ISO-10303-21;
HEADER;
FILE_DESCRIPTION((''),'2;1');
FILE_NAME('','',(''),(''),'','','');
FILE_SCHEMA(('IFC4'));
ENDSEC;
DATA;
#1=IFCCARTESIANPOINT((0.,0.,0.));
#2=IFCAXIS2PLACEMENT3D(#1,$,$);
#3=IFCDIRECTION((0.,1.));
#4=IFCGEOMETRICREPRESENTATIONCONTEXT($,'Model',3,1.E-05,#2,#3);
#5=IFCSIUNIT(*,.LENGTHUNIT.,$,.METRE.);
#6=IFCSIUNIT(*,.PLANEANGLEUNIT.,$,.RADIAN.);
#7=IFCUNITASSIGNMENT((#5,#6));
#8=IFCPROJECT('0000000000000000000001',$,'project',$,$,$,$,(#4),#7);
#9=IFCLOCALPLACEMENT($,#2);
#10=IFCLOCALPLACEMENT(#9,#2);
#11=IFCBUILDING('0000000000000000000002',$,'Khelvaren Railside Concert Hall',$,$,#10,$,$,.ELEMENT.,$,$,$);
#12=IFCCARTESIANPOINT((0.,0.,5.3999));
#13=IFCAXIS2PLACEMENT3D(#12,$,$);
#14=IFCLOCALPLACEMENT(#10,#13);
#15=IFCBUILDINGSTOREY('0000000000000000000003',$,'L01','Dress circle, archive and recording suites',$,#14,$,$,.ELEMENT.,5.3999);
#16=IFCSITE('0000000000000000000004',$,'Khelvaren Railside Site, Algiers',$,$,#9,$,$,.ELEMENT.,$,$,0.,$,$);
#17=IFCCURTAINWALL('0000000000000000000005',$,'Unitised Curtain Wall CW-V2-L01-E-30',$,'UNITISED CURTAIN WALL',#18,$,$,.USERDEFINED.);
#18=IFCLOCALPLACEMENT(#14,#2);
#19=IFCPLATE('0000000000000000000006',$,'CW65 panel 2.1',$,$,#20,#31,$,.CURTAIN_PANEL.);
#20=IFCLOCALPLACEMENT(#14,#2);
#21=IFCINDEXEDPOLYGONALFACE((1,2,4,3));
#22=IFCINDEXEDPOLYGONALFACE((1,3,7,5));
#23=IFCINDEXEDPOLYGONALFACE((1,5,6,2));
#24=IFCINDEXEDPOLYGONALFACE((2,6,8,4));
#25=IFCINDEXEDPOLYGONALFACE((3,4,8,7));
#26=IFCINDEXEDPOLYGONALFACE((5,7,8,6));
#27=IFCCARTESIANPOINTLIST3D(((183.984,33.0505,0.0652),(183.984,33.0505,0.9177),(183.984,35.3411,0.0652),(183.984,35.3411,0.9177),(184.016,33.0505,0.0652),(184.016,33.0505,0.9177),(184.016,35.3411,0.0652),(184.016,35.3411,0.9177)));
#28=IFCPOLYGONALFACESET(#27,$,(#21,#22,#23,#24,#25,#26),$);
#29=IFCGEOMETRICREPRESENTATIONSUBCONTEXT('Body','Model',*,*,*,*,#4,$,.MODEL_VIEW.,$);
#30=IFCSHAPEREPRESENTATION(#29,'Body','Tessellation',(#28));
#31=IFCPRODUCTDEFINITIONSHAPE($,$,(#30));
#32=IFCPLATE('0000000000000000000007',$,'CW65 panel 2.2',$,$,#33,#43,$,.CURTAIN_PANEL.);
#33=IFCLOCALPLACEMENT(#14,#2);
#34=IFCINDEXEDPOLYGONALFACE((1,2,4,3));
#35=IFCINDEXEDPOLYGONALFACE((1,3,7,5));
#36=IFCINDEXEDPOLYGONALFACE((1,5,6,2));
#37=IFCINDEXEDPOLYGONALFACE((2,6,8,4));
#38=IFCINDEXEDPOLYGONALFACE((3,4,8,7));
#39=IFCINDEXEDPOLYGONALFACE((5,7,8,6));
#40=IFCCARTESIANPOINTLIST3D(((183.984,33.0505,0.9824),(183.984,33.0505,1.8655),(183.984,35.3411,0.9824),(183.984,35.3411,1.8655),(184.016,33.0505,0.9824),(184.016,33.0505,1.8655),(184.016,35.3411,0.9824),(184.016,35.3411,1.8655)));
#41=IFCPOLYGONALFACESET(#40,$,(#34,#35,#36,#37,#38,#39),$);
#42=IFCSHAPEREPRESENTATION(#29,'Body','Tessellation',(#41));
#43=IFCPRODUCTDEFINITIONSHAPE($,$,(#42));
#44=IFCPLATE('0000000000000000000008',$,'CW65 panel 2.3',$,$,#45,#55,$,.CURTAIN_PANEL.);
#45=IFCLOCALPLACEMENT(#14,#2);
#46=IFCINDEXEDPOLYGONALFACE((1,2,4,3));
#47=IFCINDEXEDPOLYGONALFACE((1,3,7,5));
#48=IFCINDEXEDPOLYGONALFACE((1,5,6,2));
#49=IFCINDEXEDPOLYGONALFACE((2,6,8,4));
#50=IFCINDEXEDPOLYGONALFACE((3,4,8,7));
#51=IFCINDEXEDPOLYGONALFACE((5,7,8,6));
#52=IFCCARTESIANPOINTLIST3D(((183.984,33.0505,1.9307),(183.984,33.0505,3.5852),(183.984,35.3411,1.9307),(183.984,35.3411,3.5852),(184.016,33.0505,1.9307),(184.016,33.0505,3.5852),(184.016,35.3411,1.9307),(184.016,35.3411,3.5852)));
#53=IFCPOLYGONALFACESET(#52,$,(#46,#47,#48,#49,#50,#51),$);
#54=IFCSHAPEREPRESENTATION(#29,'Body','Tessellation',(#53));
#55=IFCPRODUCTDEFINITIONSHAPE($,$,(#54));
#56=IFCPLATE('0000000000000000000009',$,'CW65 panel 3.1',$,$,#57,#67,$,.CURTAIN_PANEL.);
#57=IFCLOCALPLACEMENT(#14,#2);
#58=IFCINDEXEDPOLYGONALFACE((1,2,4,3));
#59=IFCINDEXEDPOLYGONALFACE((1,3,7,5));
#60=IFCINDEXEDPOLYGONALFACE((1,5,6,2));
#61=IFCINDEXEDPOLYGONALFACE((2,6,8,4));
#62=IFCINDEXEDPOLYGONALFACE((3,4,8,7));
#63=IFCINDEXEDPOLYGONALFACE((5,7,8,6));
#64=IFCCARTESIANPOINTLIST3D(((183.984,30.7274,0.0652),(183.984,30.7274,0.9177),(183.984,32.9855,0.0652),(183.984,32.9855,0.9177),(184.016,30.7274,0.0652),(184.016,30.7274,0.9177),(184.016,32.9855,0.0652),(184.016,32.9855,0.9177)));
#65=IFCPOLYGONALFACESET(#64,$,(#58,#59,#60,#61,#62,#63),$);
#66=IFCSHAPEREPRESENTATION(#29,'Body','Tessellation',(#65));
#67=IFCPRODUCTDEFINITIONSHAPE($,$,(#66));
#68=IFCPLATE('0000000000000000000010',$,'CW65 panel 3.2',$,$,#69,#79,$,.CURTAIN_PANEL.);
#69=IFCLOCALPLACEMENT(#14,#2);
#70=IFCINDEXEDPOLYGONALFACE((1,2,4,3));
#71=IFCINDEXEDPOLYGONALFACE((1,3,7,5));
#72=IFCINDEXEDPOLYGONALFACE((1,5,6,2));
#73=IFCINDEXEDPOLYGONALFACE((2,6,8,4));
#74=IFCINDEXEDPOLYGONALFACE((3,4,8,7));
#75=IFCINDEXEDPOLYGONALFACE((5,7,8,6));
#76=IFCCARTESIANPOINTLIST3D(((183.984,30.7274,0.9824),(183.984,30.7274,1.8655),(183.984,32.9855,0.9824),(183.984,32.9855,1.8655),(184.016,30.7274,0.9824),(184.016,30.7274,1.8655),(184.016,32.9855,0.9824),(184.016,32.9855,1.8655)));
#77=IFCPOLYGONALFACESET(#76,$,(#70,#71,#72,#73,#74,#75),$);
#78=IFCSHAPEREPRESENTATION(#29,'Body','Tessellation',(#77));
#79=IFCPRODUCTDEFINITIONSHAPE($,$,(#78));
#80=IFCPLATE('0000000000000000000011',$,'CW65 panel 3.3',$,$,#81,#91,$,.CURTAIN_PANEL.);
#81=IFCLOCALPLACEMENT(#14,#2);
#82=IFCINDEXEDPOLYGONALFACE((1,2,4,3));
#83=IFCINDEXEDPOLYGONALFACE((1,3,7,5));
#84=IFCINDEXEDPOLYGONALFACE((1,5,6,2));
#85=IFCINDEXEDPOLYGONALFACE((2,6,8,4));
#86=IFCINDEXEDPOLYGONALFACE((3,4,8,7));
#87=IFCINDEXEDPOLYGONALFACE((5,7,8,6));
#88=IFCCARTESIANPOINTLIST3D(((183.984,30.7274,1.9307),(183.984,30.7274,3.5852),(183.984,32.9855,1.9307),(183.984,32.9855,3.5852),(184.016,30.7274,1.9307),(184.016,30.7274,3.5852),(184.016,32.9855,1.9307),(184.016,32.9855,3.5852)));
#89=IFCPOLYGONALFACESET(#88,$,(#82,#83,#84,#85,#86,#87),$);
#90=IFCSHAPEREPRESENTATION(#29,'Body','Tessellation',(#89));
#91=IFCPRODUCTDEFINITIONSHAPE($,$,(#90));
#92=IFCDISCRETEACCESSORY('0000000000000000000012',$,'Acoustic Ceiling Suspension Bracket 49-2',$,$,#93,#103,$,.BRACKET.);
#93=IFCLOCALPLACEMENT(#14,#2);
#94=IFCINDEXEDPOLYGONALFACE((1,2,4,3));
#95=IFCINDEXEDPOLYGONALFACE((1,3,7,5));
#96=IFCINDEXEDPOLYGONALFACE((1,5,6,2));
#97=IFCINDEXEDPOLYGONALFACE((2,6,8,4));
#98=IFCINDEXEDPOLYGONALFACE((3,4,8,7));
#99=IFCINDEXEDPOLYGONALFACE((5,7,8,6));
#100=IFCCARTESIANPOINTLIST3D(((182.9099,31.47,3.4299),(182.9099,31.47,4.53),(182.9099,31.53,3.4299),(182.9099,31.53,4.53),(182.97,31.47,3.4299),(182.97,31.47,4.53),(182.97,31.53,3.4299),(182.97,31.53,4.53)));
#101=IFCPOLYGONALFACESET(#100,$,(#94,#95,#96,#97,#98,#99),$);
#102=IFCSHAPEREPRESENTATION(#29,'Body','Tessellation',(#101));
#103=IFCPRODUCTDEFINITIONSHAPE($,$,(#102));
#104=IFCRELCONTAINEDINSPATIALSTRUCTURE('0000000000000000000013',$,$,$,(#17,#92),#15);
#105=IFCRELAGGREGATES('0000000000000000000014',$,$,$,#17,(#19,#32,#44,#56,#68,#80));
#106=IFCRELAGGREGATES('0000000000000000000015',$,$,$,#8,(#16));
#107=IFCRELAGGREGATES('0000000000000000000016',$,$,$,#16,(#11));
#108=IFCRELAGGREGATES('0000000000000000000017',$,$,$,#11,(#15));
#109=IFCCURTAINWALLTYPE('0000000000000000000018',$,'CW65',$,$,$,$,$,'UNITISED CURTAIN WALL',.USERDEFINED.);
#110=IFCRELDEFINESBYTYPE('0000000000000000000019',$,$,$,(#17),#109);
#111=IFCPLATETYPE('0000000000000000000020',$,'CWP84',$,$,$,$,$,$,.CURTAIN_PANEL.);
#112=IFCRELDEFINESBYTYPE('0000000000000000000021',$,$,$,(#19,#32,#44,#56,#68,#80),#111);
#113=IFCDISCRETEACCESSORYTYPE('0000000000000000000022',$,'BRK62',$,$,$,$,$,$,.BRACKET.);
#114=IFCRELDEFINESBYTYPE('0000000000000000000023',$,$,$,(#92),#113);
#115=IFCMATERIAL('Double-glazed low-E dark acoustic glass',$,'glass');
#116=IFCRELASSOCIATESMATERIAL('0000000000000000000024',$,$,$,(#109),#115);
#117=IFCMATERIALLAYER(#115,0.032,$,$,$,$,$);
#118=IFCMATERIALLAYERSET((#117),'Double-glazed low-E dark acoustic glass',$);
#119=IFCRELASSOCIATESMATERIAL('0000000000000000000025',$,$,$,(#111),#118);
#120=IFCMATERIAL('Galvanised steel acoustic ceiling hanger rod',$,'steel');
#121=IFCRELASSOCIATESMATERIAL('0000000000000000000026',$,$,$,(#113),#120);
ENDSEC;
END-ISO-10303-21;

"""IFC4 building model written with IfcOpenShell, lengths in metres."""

from ifc_helpers import new_model, si_unit, direction, frame, origin, origin_2d, place, context, subcontext, project, spatial, rectangle, extrude, material, layer, layer_set, type_object, element, aggregate, save


model = new_model("IFC4")

# Units and contexts
model_context = context("Model", 3, precision=1e-05, world=origin(), true_north=direction((0.0, 1.0)))
body_context = subcontext(model_context, "Body", "Model", "MODEL_VIEW")
ifc_project = project(units=[si_unit("LENGTHUNIT", "METRE"), si_unit("PLANEANGLEUNIT", "RADIAN")], contexts=[model_context])

# Site, building, storey
site_placement = place(None, origin())
site = spatial("IfcSite", under=ifc_project, at=site_placement, Name="Khelvaren Railside Site, Algiers", CompositionType="ELEMENT", RefElevation=0.0)
building_placement = place(site_placement, origin())
building = spatial("IfcBuilding", under=site, at=building_placement, Name="Khelvaren Railside Concert Hall", CompositionType="ELEMENT")
storey_placement = place(building_placement, frame((0.0, 0.0, 5.3999)))
storey = spatial("IfcBuildingStorey", under=building, at=storey_placement, Name="L01", Description="Dress circle, archive and recording suites", CompositionType="ELEMENT", Elevation=5.3999)

# Curtain wall
ifc_material_1 = material(Name="Double-glazed low-E dark acoustic glass", Category="glass")
curtain_wall_type = type_object("IfcCurtainWallType", Name="CW65", ElementType="UNITISED CURTAIN WALL", PredefinedType="USERDEFINED", material=ifc_material_1)
curtain_wall_placement = place(storey_placement, origin())
curtain_wall = element("IfcCurtainWall", 1, at=curtain_wall_placement, inside=storey, type_object=curtain_wall_type, Name="Unitised Curtain Wall CW-V2-L01-E-30", ObjectType="UNITISED CURTAIN WALL", PredefinedType="USERDEFINED")

# Plates
ifc_layer = layer(ifc_material_1, 0.032)
ifc_layer_set = layer_set([ifc_layer], Name="Double-glazed low-E dark acoustic glass")
plate_type = type_object("IfcPlateType", Name="CWP84", PredefinedType="CURTAIN_PANEL", material=ifc_layer_set)
plate_1_placement = place(storey_placement, frame((184.0, 34.1958, 0.0652), z_axis=(0.0, 0.0, 1.0), x_axis=(0.0, -1.0, 0.0)))
plate_1 = element("IfcPlate", 2, at=plate_1_placement, type_object=plate_type, Name="CW65 panel 2.1", PredefinedType="CURTAIN_PANEL", context=body_context, shape_type="SweptSolid", body=[
    extrude(rectangle(XDim=2.2905, YDim=0.032, at=origin_2d()), origin(), (0.0, 0.0, 1.0), 0.8525),
])
plate_2_placement = place(storey_placement, frame((184.0, 34.1958, 0.9824), z_axis=(0.0, 0.0, 1.0), x_axis=(0.0, -1.0, 0.0)))
plate_2 = element("IfcPlate", 3, at=plate_2_placement, type_object=plate_type, Name="CW65 panel 2.2", PredefinedType="CURTAIN_PANEL", context=body_context, shape_type="SweptSolid", body=[
    extrude(rectangle(XDim=2.2905, YDim=0.032, at=origin_2d()), origin(), (0.0, 0.0, 1.0), 0.8831),
])
plate_3_placement = place(storey_placement, frame((184.0, 34.1958, 1.9307), z_axis=(0.0, 0.0, 1.0), x_axis=(0.0, -1.0, 0.0)))
plate_3 = element("IfcPlate", 4, at=plate_3_placement, type_object=plate_type, Name="CW65 panel 2.3", PredefinedType="CURTAIN_PANEL", context=body_context, shape_type="SweptSolid", body=[
    extrude(rectangle(XDim=2.2905, YDim=0.032, at=origin_2d()), origin(), (0.0, 0.0, 1.0), 1.6545),
])
plate_4_placement = place(storey_placement, frame((184.0, 31.8564, 0.0652), z_axis=(0.0, 0.0, 1.0), x_axis=(0.0, -1.0, 0.0)))
plate_4 = element("IfcPlate", 5, at=plate_4_placement, type_object=plate_type, Name="CW65 panel 3.1", PredefinedType="CURTAIN_PANEL", context=body_context, shape_type="SweptSolid", body=[
    extrude(rectangle(XDim=2.2581, YDim=0.032, at=origin_2d()), origin(), (0.0, 0.0, 1.0), 0.8525),
])
plate_5_placement = place(storey_placement, frame((184.0, 31.8564, 0.9824), z_axis=(0.0, 0.0, 1.0), x_axis=(0.0, -1.0, 0.0)))
plate_5 = element("IfcPlate", 6, at=plate_5_placement, type_object=plate_type, Name="CW65 panel 3.2", PredefinedType="CURTAIN_PANEL", context=body_context, shape_type="SweptSolid", body=[
    extrude(rectangle(XDim=2.2581, YDim=0.032, at=origin_2d()), origin(), (0.0, 0.0, 1.0), 0.8831),
])
plate_6_placement = place(storey_placement, frame((184.0, 31.8564, 1.9307), z_axis=(0.0, 0.0, 1.0), x_axis=(0.0, -1.0, 0.0)))
plate_6 = element("IfcPlate", 7, at=plate_6_placement, type_object=plate_type, Name="CW65 panel 3.3", PredefinedType="CURTAIN_PANEL", context=body_context, shape_type="SweptSolid", body=[
    extrude(rectangle(XDim=2.2581, YDim=0.032, at=origin_2d()), origin(), (0.0, 0.0, 1.0), 1.6545),
])
aggregate(curtain_wall, [plate_1, plate_2, plate_3, plate_4, plate_5, plate_6])

# Discrete accessory
ifc_material_2 = material(Name="Galvanised steel acoustic ceiling hanger rod", Category="steel")
discrete_accessory_type = type_object("IfcDiscreteAccessoryType", Name="BRK62", PredefinedType="BRACKET", material=ifc_material_2)
discrete_accessory_placement = place(storey_placement, frame((182.9399, 31.5, 3.4299), z_axis=(0.0, 0.0, 1.0), x_axis=(1.0, 0.0, 0.0)))
element("IfcDiscreteAccessory", 8, at=discrete_accessory_placement, inside=storey, type_object=discrete_accessory_type, Name="Acoustic Ceiling Suspension Bracket 49-2", PredefinedType="BRACKET", context=body_context, shape_type="SweptSolid", body=[
    extrude(rectangle(XDim=0.0601, YDim=0.0601, at=origin_2d()), origin(), (0.0, 0.0, 1.0), 1.1001),
])

save(model, "model.ifc")
